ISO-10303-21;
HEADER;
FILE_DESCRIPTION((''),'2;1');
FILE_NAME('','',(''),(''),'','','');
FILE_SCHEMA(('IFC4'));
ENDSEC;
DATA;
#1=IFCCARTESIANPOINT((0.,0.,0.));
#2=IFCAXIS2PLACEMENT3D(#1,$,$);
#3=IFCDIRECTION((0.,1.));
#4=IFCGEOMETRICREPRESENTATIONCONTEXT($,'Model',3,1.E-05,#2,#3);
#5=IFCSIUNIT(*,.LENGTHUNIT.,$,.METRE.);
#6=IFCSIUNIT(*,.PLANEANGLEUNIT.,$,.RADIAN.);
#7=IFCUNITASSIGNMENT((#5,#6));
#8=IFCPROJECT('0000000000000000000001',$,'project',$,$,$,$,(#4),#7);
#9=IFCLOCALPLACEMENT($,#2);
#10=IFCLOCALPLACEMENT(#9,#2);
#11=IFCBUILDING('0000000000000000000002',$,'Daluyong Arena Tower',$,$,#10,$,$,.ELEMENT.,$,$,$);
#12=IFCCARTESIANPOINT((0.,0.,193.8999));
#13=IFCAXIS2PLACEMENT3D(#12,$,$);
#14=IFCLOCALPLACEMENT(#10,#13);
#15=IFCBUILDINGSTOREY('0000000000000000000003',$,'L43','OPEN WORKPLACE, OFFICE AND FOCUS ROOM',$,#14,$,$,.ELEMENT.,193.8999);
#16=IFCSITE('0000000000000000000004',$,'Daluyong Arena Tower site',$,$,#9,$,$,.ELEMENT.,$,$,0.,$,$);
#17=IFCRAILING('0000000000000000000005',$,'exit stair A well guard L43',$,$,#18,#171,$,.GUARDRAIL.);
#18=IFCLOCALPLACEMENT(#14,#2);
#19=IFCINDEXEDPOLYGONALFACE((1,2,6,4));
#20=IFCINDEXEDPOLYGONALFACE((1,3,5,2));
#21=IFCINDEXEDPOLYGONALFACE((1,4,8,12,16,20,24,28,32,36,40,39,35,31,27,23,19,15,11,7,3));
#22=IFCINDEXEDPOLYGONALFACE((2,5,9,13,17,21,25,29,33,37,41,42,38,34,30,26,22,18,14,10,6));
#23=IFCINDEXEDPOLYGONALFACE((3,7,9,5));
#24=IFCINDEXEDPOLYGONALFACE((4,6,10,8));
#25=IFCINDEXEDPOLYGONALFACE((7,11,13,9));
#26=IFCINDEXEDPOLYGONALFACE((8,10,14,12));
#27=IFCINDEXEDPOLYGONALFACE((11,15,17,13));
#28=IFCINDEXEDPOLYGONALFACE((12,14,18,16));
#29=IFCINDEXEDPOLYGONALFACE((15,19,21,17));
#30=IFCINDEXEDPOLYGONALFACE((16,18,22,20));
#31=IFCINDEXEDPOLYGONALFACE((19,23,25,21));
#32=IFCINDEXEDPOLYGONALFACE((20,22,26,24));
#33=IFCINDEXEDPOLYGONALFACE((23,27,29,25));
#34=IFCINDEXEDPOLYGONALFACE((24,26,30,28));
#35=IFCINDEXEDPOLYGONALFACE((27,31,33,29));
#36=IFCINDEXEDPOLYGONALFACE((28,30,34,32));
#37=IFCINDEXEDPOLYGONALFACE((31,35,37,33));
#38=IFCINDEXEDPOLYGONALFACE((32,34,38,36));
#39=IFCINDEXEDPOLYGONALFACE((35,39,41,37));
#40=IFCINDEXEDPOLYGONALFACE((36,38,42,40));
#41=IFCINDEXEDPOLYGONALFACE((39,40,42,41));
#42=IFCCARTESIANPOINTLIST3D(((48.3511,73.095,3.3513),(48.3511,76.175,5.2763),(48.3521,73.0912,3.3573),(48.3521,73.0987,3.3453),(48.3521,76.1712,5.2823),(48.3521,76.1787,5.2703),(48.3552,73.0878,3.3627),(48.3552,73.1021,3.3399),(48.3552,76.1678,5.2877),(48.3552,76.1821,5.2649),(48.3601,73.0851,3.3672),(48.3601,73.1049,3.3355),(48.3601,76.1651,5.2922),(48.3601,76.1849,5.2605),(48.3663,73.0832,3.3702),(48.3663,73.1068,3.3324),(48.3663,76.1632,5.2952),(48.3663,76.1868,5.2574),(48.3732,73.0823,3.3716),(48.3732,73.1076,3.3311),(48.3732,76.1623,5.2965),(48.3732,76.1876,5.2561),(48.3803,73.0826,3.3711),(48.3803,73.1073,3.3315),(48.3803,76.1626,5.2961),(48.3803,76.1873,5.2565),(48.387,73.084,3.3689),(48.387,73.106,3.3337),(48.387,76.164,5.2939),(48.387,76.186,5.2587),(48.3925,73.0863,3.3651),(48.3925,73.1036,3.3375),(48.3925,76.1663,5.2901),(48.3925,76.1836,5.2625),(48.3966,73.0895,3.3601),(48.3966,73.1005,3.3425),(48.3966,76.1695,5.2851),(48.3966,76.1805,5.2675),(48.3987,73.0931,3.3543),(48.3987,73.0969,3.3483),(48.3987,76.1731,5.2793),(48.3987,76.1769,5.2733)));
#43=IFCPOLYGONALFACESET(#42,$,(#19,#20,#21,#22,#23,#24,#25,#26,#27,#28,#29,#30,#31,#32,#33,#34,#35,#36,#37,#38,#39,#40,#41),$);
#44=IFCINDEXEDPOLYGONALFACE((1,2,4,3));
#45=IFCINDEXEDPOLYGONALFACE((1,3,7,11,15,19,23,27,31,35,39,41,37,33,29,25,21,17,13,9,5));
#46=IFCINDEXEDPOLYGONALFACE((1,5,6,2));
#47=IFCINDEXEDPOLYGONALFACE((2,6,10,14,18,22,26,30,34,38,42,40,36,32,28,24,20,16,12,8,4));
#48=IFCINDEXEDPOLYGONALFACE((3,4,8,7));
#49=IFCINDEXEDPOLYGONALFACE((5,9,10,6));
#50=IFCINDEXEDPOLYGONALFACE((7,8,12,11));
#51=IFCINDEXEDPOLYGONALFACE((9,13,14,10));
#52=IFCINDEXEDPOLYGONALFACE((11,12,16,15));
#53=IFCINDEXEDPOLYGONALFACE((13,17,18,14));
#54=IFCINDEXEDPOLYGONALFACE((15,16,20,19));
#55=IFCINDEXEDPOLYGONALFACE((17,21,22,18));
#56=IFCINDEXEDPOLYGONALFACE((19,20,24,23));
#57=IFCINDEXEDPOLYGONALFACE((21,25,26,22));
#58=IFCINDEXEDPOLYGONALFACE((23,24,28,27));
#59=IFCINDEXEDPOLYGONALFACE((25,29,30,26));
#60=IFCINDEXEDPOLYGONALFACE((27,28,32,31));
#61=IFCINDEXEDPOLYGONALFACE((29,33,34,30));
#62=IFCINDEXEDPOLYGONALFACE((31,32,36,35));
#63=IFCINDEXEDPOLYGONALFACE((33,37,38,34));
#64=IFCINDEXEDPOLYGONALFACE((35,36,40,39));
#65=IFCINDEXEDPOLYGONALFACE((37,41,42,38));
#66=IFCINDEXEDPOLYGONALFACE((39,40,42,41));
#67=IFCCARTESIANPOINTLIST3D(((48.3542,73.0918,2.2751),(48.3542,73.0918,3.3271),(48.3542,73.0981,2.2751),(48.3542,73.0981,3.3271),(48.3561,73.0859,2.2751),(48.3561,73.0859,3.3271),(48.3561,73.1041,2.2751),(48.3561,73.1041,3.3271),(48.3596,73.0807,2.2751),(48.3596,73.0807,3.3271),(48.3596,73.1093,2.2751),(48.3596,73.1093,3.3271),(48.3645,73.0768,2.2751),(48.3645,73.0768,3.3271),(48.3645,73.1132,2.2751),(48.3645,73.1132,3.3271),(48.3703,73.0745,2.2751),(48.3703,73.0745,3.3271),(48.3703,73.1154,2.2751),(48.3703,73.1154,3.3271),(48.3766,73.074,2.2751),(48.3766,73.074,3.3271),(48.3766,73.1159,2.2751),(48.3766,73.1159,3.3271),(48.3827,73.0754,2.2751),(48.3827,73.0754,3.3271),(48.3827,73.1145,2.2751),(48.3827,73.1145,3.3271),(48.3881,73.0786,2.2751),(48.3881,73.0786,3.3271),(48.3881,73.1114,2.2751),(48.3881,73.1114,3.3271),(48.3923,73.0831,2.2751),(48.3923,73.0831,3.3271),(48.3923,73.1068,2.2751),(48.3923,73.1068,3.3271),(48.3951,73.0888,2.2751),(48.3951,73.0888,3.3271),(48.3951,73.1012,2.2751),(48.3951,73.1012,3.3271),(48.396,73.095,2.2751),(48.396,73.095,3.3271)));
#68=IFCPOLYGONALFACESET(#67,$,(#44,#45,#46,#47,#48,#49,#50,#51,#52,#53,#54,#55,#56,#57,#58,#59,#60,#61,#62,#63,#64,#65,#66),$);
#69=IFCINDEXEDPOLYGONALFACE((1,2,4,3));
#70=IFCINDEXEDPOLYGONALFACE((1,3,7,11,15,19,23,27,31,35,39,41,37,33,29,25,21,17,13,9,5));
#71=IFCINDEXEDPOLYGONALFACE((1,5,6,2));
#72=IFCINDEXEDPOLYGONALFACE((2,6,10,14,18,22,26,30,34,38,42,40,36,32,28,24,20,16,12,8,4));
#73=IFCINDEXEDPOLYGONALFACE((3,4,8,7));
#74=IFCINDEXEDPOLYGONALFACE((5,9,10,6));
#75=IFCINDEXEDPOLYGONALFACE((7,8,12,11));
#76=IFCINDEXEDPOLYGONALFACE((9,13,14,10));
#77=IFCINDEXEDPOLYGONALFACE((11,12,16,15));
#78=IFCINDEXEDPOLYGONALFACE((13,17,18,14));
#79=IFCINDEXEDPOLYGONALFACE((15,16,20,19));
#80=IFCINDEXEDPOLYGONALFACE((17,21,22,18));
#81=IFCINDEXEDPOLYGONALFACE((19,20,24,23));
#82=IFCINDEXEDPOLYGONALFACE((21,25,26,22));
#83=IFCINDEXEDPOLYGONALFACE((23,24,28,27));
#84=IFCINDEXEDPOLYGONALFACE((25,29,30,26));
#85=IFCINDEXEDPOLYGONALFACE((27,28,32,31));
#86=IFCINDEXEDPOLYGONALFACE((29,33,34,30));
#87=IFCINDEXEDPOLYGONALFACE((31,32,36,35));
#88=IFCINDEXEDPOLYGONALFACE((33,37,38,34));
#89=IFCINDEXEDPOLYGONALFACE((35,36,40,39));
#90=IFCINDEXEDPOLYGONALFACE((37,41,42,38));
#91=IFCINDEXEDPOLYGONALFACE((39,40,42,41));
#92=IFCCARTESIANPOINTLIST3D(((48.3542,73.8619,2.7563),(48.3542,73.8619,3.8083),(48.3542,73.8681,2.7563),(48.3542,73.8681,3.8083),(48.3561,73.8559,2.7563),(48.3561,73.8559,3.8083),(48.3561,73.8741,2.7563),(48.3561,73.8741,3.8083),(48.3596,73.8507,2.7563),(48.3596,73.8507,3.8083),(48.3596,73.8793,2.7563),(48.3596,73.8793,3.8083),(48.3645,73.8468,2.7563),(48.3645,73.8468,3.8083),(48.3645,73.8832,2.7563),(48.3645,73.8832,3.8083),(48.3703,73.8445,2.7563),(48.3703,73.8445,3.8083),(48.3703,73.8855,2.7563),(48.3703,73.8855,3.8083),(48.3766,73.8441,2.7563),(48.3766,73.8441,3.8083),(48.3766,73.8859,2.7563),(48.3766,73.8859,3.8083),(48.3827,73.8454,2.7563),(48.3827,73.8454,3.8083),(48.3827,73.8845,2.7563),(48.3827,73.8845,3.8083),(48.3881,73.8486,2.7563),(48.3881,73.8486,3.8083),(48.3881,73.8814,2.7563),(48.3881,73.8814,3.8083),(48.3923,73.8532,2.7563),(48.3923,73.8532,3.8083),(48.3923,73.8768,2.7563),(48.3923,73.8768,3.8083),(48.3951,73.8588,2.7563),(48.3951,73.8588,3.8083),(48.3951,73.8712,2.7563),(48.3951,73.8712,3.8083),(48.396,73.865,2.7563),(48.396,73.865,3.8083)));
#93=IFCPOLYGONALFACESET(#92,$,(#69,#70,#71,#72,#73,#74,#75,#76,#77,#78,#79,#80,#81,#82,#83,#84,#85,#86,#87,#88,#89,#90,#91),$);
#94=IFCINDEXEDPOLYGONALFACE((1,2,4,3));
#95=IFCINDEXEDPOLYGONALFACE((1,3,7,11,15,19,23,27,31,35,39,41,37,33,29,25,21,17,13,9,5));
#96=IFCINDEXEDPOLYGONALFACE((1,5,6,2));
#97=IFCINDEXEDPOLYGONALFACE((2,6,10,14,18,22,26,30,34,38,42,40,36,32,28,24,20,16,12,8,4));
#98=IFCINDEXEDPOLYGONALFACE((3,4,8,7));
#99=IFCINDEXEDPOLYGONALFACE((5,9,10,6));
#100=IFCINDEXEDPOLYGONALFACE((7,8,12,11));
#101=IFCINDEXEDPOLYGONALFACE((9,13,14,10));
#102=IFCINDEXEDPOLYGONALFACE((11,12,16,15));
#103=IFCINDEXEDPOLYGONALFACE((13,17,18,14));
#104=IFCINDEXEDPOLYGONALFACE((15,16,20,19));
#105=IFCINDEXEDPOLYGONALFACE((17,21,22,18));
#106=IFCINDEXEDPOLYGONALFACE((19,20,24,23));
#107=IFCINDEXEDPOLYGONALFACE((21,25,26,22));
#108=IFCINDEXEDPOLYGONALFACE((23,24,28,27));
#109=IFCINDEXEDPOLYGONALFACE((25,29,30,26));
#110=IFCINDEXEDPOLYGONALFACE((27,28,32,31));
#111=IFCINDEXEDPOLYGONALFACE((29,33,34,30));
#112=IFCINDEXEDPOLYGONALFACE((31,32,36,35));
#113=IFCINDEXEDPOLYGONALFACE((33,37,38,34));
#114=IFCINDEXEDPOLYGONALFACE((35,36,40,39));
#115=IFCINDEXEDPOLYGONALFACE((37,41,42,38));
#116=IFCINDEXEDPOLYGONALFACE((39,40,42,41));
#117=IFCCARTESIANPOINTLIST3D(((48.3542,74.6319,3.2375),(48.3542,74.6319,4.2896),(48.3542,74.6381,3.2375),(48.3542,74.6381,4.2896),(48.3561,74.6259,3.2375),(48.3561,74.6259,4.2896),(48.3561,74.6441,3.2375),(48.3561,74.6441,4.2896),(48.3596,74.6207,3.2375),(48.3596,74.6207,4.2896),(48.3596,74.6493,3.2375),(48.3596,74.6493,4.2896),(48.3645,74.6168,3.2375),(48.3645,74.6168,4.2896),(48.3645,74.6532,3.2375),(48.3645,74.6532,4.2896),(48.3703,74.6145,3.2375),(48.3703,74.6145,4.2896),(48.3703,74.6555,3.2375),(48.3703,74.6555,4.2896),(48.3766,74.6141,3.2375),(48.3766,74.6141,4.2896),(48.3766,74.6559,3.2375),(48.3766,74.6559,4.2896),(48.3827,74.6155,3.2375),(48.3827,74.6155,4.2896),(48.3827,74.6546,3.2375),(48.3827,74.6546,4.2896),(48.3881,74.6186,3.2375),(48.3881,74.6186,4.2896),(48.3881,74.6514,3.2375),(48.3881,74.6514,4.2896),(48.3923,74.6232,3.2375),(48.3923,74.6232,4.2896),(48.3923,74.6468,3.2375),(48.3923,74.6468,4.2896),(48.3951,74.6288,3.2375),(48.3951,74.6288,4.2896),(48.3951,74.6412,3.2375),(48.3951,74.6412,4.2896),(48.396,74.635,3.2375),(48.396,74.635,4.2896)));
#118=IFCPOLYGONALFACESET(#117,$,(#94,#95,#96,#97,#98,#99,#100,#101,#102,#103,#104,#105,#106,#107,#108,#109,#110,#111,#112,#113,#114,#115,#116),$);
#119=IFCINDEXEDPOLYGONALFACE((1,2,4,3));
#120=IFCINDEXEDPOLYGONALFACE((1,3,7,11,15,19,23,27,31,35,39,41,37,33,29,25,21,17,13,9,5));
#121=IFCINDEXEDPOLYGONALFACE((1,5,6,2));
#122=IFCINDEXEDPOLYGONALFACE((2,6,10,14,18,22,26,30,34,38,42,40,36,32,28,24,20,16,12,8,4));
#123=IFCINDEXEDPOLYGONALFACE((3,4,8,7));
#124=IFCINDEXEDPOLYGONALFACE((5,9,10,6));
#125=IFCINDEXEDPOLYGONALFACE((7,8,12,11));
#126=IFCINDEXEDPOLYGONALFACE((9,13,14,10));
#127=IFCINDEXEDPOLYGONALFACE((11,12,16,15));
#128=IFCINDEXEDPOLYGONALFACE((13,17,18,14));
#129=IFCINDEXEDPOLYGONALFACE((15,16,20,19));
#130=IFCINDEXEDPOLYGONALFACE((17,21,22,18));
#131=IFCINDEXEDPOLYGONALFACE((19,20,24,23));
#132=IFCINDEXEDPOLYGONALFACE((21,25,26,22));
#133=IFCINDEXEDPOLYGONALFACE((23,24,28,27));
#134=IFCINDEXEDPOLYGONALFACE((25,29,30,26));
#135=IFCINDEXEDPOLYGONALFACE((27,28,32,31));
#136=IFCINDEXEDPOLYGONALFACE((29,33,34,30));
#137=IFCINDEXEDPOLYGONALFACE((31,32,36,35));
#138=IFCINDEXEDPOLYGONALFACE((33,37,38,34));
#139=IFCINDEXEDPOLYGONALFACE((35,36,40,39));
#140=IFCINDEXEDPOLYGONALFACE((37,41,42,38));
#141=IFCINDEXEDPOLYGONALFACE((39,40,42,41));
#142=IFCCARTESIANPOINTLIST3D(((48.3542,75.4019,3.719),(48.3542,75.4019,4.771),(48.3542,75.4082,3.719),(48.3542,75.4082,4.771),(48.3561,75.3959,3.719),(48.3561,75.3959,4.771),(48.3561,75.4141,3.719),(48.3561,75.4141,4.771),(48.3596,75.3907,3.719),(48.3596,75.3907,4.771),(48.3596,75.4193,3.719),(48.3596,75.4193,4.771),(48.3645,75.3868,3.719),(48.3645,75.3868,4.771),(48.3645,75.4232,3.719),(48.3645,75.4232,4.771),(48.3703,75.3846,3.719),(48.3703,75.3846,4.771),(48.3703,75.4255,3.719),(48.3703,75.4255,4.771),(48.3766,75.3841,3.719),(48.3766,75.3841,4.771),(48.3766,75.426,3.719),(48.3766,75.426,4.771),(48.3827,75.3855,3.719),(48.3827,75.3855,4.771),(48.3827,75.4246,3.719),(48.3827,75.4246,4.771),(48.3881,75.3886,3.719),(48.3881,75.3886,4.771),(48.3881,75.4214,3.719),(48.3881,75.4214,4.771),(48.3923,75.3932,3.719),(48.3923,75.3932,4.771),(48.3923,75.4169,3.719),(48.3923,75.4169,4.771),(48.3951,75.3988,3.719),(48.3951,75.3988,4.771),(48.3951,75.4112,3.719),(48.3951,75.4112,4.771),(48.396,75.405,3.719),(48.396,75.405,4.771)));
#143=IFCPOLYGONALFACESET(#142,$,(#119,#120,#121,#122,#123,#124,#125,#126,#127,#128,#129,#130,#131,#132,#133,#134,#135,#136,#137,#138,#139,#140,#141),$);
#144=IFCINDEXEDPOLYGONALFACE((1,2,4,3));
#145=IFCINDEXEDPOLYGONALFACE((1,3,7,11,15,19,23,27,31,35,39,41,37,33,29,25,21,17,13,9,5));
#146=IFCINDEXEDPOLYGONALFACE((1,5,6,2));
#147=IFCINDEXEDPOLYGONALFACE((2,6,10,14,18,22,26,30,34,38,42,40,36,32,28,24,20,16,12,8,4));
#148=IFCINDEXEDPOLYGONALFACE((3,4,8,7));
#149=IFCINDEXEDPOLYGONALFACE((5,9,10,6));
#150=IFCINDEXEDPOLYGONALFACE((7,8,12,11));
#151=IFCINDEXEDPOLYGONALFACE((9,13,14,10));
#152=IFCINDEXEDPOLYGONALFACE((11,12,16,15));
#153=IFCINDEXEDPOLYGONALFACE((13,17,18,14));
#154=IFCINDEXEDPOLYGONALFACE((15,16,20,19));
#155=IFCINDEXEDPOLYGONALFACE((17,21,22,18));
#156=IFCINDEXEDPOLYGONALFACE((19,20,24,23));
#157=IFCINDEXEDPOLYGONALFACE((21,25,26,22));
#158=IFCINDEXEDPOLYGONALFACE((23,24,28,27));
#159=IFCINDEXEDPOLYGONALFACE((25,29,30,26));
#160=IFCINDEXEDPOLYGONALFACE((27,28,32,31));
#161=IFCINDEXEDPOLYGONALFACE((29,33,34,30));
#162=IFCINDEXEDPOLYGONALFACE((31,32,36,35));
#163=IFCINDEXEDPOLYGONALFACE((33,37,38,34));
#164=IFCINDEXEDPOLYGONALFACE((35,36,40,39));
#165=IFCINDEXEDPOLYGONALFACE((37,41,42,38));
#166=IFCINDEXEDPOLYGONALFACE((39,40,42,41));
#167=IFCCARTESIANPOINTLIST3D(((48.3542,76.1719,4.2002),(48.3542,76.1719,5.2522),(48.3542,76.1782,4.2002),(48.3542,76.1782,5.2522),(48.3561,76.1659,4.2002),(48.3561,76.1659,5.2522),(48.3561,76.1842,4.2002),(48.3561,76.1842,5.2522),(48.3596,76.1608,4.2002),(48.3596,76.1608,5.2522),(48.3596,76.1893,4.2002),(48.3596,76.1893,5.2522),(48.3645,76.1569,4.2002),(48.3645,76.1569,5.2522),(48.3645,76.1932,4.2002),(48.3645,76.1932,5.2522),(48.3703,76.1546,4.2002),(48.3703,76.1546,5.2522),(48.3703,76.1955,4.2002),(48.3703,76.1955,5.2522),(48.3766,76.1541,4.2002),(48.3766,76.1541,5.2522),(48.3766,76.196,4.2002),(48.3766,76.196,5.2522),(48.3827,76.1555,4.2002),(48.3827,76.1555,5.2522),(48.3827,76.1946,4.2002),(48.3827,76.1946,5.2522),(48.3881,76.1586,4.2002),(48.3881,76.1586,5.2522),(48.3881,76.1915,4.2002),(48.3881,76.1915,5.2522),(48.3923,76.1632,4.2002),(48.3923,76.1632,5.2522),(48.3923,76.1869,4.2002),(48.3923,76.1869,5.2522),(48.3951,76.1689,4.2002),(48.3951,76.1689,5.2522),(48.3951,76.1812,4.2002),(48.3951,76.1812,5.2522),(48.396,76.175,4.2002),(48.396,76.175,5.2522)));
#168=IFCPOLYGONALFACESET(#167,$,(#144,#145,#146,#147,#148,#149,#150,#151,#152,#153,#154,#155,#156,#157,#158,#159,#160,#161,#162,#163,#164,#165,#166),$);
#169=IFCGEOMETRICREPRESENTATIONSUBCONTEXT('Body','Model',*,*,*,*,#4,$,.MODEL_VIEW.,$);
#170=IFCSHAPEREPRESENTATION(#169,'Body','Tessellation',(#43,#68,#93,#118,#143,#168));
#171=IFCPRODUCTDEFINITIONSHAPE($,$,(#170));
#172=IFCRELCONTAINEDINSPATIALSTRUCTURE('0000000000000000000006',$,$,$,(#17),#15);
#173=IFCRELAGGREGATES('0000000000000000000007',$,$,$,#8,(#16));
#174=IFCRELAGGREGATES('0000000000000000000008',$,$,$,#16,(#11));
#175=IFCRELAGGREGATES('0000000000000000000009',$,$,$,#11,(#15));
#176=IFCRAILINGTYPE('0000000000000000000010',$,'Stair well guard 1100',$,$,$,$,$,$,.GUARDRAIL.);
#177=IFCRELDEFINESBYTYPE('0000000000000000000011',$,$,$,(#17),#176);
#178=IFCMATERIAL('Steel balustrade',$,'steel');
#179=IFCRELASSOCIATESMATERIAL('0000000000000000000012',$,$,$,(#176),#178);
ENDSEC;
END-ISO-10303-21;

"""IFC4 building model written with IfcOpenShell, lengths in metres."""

from ifc_helpers import new_model, si_unit, direction, frame, origin, origin_2d, place, context, subcontext, project, spatial, circle, extrude, material, type_object, element, save


model = new_model("IFC4")

# Units and contexts
model_context = context("Model", 3, precision=1e-05, world=origin(), true_north=direction((0.0, 1.0)))
body_context = subcontext(model_context, "Body", "Model", "MODEL_VIEW")
ifc_project = project(units=[si_unit("LENGTHUNIT", "METRE"), si_unit("PLANEANGLEUNIT", "RADIAN")], contexts=[model_context])

# Site, building, storey
site_placement = place(None, origin())
site = spatial("IfcSite", under=ifc_project, at=site_placement, Name="Daluyong Arena Tower site", CompositionType="ELEMENT", RefElevation=0.0)
building_placement = place(site_placement, origin())
building = spatial("IfcBuilding", under=site, at=building_placement, Name="Daluyong Arena Tower", CompositionType="ELEMENT")
storey_placement = place(building_placement, frame((0.0, 0.0, 193.8999)))
storey = spatial("IfcBuildingStorey", under=building, at=storey_placement, Name="L43", Description="OPEN WORKPLACE, OFFICE AND FOCUS ROOM", CompositionType="ELEMENT", Elevation=193.8999)

# Railing
ifc_material_1 = material(Name="Steel balustrade", Category="steel")
railing_type_1 = type_object("IfcRailingType", Name="Stair well guard 1100", PredefinedType="GUARDRAIL", material=ifc_material_1)
railing_1_placement = place(storey_placement, frame((48.375, 73.095, 2.2751)))
element("IfcRailing", 1, at=railing_1_placement, inside=storey, type_object=railing_type_1, Name="exit stair A well guard L43", PredefinedType="GUARDRAIL", context=body_context, shape_type="SweptSolid", body=[
    extrude(circle(Radius=0.0239, at=origin_2d()), frame((0.0, 0.0, 1.0762), z_axis=(0.0, 0.847998, 0.529999), x_axis=(-1.0, 0.0, 0.0)), (0.0, 0.0, 1.0), 3.6321),
    extrude(circle(Radius=0.021, at=origin_2d()), origin(), (0.0, 0.0, 1.0), 1.052),
    extrude(circle(Radius=0.021, at=origin_2d()), frame((0.0, 0.77, 0.4812)), (0.0, 0.0, 1.0), 1.052),
    extrude(circle(Radius=0.021, at=origin_2d()), frame((0.0, 1.54, 0.9624)), (0.0, 0.0, 1.0), 1.052),
    extrude(circle(Radius=0.021, at=origin_2d()), frame((0.0, 2.3101, 1.4438)), (0.0, 0.0, 1.0), 1.052),
    extrude(circle(Radius=0.021, at=origin_2d()), frame((0.0, 3.0801, 1.925)), (0.0, 0.0, 1.0), 1.052),
])

save(model, "model.ifc")
